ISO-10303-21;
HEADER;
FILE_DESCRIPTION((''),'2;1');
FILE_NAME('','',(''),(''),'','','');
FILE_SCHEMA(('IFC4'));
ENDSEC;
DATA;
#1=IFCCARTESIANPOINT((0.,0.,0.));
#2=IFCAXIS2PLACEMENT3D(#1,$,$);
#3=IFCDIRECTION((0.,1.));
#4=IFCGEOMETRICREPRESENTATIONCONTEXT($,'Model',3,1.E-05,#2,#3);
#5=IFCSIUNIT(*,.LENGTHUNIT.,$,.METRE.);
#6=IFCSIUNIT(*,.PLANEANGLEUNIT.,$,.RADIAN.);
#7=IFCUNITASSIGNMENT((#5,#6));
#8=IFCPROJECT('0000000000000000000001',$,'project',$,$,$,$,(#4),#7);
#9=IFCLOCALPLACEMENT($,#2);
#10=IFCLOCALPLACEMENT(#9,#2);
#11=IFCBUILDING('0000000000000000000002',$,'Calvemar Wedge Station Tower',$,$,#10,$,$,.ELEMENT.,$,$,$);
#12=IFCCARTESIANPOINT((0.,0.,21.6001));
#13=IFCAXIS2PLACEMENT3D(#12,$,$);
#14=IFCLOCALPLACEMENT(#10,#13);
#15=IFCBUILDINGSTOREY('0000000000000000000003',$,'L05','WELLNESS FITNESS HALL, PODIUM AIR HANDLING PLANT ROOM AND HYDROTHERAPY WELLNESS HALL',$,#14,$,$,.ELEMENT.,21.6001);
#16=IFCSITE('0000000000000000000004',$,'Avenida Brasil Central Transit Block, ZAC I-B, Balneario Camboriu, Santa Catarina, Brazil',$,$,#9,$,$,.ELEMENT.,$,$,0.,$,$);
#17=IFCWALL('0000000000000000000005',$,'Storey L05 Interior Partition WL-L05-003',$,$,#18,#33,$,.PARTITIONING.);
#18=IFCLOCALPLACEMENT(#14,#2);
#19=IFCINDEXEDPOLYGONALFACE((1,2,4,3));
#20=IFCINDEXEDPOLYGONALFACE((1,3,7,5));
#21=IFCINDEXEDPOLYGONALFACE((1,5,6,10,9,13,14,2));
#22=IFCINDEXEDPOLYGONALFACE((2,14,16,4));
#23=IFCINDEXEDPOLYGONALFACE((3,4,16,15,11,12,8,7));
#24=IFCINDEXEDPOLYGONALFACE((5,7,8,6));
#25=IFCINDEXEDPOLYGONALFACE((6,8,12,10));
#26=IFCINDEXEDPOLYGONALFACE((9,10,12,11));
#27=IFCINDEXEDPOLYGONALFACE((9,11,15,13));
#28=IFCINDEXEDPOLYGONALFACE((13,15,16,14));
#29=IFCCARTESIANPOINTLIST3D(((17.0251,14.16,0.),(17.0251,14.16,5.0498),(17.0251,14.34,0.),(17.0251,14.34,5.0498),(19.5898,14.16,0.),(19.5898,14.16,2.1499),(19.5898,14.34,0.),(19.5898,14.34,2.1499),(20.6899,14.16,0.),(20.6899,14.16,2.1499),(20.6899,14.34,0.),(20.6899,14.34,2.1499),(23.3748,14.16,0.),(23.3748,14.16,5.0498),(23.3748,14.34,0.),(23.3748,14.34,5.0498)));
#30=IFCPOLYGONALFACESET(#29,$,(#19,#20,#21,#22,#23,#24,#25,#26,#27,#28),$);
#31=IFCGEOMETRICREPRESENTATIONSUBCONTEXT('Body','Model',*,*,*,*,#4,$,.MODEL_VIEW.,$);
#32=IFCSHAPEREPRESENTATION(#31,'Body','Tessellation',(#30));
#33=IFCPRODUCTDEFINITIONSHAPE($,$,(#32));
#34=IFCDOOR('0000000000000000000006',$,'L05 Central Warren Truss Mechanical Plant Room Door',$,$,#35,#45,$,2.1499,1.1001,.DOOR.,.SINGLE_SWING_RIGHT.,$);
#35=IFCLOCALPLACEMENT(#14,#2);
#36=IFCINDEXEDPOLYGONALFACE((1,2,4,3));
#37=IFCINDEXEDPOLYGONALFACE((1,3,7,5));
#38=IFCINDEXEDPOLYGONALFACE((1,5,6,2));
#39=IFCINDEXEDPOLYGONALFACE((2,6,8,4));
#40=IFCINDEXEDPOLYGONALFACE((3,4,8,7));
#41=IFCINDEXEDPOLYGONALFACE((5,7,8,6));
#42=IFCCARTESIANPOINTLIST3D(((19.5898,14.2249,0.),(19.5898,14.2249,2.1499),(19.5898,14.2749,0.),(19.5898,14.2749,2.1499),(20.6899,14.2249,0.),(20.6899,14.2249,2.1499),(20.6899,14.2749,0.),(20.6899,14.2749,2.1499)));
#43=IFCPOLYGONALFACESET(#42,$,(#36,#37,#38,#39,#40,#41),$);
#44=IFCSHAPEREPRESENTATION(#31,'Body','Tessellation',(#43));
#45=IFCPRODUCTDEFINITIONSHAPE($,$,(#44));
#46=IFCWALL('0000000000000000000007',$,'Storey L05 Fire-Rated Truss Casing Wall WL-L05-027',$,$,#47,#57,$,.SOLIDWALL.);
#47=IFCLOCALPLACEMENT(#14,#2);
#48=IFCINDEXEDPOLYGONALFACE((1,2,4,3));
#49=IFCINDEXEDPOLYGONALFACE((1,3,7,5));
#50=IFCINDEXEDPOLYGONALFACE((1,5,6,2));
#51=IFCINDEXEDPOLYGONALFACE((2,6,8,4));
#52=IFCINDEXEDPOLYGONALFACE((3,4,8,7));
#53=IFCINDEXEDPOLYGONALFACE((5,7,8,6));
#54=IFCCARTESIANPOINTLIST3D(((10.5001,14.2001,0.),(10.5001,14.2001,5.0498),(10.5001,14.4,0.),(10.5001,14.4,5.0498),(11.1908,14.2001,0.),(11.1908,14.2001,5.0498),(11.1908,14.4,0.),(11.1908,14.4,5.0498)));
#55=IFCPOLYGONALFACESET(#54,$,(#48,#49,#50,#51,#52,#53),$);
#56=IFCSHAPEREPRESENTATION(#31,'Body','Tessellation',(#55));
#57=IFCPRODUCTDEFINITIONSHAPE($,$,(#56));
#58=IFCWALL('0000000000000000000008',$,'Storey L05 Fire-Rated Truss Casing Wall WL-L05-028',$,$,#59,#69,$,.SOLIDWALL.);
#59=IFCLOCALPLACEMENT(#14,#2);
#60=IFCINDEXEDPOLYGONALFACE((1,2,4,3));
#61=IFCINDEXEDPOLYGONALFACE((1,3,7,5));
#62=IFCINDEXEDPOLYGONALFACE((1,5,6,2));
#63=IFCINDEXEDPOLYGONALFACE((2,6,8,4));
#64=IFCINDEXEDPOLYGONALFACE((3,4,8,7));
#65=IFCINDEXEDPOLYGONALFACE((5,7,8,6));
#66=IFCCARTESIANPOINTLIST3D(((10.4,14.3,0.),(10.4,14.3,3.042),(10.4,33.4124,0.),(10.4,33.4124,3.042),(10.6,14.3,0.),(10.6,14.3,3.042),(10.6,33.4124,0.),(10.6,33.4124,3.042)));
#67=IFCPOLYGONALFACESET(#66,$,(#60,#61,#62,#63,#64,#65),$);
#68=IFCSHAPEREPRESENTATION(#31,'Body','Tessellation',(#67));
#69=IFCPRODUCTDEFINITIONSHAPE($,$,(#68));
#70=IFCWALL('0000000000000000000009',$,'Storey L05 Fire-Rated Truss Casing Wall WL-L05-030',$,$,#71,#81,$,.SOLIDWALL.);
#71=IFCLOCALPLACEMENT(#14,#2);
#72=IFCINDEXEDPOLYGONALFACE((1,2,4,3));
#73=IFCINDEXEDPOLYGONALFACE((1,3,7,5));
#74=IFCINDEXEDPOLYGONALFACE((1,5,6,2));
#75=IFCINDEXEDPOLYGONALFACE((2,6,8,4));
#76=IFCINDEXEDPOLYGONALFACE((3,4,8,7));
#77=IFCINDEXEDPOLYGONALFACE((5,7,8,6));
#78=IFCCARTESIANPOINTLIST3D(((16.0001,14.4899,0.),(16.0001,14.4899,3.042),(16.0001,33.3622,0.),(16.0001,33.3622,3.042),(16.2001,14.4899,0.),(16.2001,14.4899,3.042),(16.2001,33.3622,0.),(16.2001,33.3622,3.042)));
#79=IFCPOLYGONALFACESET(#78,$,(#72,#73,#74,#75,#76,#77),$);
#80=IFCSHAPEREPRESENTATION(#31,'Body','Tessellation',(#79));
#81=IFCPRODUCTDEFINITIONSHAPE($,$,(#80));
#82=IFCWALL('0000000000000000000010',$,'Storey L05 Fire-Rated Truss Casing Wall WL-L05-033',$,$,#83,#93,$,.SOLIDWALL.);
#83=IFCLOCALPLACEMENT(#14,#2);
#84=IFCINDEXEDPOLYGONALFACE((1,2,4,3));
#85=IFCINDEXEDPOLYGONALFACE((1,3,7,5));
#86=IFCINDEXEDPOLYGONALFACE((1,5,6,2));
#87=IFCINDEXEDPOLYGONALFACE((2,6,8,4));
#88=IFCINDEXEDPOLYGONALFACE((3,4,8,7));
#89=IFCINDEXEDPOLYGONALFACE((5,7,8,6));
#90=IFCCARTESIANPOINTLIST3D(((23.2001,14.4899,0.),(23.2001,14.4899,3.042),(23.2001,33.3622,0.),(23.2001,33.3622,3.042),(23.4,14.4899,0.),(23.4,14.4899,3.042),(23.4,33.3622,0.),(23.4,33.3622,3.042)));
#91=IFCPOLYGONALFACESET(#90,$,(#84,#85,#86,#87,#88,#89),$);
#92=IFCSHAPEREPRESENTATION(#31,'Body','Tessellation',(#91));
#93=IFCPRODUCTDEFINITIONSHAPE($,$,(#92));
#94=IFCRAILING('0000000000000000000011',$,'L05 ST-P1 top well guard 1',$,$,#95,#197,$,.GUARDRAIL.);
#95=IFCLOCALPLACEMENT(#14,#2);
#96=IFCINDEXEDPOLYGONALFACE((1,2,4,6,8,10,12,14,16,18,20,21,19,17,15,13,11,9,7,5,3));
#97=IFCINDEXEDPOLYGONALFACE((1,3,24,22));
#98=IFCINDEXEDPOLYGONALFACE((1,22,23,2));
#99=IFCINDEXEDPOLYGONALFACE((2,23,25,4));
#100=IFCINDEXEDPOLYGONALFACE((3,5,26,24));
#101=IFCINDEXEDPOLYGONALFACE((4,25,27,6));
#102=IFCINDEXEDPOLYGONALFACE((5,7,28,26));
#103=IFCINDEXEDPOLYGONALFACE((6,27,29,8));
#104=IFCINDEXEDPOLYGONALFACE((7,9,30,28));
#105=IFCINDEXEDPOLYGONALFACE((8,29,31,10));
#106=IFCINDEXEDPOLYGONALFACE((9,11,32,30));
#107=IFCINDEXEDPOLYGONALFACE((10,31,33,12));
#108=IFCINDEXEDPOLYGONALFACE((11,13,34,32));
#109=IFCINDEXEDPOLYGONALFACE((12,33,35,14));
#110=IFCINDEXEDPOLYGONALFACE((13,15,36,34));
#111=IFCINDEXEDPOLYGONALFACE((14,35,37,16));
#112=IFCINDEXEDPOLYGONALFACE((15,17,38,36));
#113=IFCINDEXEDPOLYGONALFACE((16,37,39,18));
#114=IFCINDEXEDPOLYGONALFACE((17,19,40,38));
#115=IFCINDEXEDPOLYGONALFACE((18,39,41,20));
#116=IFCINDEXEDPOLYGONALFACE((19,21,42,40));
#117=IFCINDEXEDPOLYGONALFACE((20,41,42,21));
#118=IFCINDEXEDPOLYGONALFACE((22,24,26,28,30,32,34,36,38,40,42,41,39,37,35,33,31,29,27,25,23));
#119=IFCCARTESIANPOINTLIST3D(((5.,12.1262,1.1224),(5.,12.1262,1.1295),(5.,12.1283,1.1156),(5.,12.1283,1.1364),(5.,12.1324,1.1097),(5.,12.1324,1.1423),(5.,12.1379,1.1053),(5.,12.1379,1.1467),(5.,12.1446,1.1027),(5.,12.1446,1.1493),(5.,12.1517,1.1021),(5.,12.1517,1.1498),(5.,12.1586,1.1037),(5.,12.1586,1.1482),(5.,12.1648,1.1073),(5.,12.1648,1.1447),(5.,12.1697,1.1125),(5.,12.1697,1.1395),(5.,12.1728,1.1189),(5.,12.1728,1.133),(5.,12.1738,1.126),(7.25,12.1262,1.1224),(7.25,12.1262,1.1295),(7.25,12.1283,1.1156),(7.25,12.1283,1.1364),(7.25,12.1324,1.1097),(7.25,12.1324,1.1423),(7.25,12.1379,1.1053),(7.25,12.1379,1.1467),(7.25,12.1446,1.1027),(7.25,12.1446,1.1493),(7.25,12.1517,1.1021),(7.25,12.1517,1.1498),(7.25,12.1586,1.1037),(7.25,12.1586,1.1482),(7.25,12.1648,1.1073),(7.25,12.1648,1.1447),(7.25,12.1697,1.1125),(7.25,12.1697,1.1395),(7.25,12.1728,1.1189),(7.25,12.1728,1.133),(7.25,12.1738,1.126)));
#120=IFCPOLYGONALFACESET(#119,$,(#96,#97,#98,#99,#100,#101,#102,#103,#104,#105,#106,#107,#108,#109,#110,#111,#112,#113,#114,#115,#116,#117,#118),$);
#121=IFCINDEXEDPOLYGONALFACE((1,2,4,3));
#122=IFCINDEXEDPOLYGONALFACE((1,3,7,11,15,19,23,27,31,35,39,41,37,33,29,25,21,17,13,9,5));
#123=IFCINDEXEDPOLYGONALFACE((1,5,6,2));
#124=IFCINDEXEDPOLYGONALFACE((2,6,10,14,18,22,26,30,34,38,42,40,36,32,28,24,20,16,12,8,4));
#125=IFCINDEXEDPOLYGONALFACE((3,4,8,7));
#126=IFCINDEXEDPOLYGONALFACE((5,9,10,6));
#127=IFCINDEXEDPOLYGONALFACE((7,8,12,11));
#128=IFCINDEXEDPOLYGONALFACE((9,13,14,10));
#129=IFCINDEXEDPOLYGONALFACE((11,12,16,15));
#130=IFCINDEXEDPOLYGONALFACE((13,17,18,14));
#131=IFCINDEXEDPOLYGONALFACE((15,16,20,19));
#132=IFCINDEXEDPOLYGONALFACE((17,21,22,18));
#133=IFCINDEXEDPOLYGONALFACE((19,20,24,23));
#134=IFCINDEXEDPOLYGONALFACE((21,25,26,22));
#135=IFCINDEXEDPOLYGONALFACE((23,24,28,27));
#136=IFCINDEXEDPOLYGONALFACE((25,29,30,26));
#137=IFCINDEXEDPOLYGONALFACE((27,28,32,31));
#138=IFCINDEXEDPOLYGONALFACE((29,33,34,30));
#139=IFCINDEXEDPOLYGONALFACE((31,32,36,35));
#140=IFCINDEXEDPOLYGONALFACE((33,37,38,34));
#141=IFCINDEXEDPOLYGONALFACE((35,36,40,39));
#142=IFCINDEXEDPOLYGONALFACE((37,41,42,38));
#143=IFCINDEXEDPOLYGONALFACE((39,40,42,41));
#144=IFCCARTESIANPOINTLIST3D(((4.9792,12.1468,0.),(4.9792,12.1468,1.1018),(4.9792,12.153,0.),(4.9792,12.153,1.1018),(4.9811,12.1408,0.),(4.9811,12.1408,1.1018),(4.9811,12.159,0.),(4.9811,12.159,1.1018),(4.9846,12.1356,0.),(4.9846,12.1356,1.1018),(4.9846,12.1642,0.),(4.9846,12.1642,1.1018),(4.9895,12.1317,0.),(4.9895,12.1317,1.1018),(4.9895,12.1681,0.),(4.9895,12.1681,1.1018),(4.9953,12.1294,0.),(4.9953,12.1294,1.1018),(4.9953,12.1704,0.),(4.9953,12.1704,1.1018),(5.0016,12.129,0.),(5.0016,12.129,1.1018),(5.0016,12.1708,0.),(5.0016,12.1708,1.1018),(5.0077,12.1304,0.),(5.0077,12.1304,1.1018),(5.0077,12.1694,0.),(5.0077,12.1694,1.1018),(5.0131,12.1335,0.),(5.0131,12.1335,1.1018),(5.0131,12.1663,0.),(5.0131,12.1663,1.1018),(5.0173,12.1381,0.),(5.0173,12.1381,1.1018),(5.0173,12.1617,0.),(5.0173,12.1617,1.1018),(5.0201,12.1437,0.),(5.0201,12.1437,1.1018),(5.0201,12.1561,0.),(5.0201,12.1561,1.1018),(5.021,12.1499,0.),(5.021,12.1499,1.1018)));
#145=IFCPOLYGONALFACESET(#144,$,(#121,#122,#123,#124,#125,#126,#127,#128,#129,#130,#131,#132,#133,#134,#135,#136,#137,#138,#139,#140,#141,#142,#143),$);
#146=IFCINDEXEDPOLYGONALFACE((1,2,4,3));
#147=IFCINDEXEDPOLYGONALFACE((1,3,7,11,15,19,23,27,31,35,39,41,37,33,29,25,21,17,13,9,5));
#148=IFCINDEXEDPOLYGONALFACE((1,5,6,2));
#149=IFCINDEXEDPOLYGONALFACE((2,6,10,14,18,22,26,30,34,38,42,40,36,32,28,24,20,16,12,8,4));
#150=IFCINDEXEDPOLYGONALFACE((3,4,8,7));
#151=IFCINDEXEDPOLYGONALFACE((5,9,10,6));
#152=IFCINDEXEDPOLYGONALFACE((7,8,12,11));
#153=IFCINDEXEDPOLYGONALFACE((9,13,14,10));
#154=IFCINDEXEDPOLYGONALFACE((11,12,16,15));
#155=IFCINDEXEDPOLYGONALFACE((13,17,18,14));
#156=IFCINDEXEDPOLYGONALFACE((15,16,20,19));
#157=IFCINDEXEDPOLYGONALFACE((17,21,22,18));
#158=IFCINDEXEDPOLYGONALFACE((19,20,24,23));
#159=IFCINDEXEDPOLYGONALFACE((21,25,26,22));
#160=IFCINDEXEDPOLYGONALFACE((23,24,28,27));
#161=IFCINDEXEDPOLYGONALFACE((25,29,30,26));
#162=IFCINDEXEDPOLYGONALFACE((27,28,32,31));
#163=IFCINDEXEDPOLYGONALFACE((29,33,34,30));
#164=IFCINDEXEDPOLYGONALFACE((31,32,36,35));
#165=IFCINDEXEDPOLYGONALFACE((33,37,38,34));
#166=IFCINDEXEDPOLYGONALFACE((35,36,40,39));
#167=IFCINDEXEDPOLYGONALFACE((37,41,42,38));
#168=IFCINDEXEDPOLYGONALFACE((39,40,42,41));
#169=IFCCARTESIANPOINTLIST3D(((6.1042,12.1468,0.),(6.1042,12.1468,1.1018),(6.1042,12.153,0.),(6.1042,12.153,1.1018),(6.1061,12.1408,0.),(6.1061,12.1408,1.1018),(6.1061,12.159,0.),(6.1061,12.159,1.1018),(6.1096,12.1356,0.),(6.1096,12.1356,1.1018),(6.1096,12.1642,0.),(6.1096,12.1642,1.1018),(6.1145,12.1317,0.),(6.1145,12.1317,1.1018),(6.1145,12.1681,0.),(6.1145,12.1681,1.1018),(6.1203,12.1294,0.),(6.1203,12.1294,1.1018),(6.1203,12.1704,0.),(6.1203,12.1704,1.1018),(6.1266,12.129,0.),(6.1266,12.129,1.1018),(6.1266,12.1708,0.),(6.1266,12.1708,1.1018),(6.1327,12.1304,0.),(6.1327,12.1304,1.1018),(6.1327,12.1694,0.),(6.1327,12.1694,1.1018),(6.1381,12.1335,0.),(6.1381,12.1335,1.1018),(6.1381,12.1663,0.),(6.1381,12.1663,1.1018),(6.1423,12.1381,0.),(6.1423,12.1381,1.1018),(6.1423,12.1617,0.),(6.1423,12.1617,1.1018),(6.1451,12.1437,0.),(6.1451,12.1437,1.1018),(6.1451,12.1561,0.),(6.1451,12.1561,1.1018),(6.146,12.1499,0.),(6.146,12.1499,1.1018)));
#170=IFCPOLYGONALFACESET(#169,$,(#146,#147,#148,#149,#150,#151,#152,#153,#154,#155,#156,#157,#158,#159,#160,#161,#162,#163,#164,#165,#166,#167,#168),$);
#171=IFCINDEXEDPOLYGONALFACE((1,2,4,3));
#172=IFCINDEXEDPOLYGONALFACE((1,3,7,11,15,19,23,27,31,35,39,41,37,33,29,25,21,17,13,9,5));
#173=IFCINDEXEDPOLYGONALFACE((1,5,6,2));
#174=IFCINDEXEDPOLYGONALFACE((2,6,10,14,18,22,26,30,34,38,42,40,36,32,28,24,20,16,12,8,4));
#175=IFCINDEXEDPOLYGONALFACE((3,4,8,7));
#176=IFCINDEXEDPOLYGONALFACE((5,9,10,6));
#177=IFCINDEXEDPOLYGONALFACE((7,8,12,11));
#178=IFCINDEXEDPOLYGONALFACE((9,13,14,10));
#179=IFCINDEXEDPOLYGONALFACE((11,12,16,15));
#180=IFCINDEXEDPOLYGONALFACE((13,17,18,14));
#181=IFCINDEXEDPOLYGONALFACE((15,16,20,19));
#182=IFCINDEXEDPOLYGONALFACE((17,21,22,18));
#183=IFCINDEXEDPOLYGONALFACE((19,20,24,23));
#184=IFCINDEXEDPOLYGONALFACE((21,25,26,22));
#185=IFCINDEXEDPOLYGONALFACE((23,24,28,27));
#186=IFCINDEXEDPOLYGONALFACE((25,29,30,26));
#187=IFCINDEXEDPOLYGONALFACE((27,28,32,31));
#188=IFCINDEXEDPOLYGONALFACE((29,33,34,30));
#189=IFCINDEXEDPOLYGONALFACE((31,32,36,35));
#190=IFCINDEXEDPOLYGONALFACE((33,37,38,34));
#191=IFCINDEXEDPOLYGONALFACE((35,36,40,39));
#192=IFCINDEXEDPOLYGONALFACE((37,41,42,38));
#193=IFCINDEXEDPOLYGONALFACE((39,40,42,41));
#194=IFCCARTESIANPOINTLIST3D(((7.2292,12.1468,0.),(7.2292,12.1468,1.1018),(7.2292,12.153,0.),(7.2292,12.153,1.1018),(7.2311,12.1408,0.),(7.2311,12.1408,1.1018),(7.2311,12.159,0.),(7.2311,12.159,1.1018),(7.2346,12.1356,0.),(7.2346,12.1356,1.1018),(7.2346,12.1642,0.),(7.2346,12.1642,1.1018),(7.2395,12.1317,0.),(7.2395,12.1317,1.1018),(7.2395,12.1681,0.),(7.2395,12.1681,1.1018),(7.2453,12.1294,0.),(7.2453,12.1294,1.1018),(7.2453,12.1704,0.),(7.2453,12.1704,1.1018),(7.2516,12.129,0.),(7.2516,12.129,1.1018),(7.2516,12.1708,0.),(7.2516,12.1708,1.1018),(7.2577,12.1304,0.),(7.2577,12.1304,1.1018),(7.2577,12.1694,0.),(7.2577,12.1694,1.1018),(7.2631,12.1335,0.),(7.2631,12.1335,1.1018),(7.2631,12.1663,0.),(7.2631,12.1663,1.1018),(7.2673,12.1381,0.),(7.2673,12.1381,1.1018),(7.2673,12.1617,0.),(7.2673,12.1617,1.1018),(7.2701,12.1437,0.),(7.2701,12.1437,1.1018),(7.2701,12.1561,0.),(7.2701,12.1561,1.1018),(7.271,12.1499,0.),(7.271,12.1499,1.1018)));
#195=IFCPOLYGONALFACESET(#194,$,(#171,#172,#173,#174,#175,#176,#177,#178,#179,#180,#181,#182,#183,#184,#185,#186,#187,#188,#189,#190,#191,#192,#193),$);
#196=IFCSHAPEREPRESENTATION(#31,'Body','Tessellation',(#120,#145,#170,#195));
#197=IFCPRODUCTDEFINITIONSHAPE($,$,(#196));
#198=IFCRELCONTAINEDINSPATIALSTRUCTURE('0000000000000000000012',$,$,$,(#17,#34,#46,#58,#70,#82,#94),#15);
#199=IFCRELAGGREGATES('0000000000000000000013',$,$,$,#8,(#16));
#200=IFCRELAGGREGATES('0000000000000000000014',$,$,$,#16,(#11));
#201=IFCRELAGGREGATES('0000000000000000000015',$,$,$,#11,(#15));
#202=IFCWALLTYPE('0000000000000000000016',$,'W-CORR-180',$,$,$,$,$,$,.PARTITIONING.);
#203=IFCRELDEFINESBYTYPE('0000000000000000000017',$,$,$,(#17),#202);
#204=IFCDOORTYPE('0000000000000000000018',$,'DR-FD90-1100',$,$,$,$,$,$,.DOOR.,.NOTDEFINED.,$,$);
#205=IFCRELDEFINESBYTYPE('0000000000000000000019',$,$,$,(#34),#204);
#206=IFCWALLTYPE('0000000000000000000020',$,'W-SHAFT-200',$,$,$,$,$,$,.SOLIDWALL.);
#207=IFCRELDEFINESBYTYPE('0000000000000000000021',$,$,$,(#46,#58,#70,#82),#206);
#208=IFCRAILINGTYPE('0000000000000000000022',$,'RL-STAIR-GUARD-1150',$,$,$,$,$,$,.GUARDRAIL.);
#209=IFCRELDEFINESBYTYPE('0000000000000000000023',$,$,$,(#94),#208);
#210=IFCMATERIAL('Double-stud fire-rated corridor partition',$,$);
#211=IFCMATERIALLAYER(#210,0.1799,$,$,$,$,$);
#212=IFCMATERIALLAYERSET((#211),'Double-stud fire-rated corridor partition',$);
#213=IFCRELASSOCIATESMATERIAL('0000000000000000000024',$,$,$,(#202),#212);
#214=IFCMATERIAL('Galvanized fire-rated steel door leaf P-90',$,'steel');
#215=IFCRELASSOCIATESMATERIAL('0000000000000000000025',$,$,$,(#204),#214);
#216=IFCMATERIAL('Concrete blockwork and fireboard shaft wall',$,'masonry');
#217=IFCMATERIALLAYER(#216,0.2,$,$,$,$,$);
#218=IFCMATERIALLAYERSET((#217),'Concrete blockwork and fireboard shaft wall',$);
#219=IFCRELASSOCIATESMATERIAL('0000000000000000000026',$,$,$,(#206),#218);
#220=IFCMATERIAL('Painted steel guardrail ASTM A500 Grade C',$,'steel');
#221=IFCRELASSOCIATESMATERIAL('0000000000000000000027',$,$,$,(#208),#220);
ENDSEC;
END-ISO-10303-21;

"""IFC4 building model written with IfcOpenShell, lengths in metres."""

from ifc_helpers import new_model, si_unit, direction, frame, frame_2d, origin, origin_2d, place, context, subcontext, project, spatial, rectangle, circle, extrude, source, transform, mapped, material, layer, layer_set, type_object, element, fill, save


model = new_model("IFC4")

# Units and contexts
model_context = context("Model", 3, precision=1e-05, world=origin(), true_north=direction((0.0, 1.0)))
body_context = subcontext(model_context, "Body", "Model", "MODEL_VIEW")
ifc_project = project(units=[si_unit("LENGTHUNIT", "METRE"), si_unit("PLANEANGLEUNIT", "RADIAN")], contexts=[model_context])

# Site, building, storey
site_placement = place(None, origin())
site = spatial("IfcSite", under=ifc_project, at=site_placement, Name="Avenida Brasil Central Transit Block, ZAC I-B, Balneario Camboriu, Santa Catarina, Brazil", CompositionType="ELEMENT", RefElevation=0.0)
building_placement = place(site_placement, origin())
building = spatial("IfcBuilding", under=site, at=building_placement, Name="Calvemar Wedge Station Tower", CompositionType="ELEMENT")
storey_placement = place(building_placement, frame((0.0, 0.0, 21.6001)))
storey = spatial("IfcBuildingStorey", under=building, at=storey_placement, Name="L05", Description="WELLNESS FITNESS HALL, PODIUM AIR HANDLING PLANT ROOM AND HYDROTHERAPY WELLNESS HALL", CompositionType="ELEMENT", Elevation=21.6001)

# Wall, opening, door
ifc_material_1 = material(Name="Double-stud fire-rated corridor partition")
ifc_layer_1 = layer(ifc_material_1, 0.1799)
ifc_layer_set_1 = layer_set([ifc_layer_1], Name="Double-stud fire-rated corridor partition")
wall_type_1 = type_object("IfcWallType", Name="W-CORR-180", PredefinedType="PARTITIONING", material=ifc_layer_set_1)
shared_shape_1 = source(origin(), body_context, "Body", "SweptSolid", [
    extrude(rectangle(XDim=1.1001, YDim=2.1499, at=frame_2d((0.55, 1.075))), frame((0.0, 0.1001, 0.0), z_axis=(0.0, -1.0, 0.0), x_axis=(1.0, 0.0, 0.0)), (0.0, 0.0, 1.0), 0.2),
])
ifc_material_2 = material(Name="Galvanized fire-rated steel door leaf P-90", Category="steel")
door_type = type_object("IfcDoorType", Name="DR-FD90-1100", OperationType="NOTDEFINED", PredefinedType="DOOR", material=ifc_material_2)
shared_shape_2 = source(origin(), body_context, "Body", "SweptSolid", [
    extrude(rectangle(XDim=1.1001, YDim=2.1499, at=frame_2d((0.55, 1.075))), frame((0.0, 0.0249, 0.0), z_axis=(0.0, -1.0, 0.0), x_axis=(1.0, 0.0, 0.0)), (0.0, 0.0, 1.0), 0.05),
])
wall_1_placement = place(storey_placement, frame((17.0251, 14.25, 0.0), z_axis=(0.0, 0.0, 1.0), x_axis=(1.0, 0.0, 0.0)))
wall_1 = element("IfcWall", 1, at=wall_1_placement, inside=storey, type_object=wall_type_1, Name="Storey L05 Interior Partition WL-L05-003", PredefinedType="PARTITIONING", context=body_context, shape_type="SweptSolid", body=[
    extrude(rectangle(XDim=6.3496, YDim=0.1799, at=frame_2d((3.1748, 0.0))), origin(), (0.0, 0.0, 1.0), 5.0498),
])
opening_1_placement = place(wall_1_placement, frame((2.5647, 0.0, 0.0)))
opening_1 = element("IfcOpeningElement", 2, at=opening_1_placement, cuts=wall_1, PredefinedType="OPENING", context=body_context, shape_type="MappedRepresentation", body=[
    mapped(shared_shape_1, transform((0.0, 0.0, 0.0), scale=1.0)),
])
door_1_placement = place(opening_1_placement, origin())
door_1 = element("IfcDoor", 3, at=door_1_placement, inside=storey, type_object=door_type, Name="L05 Central Warren Truss Mechanical Plant Room Door", OperationType="SINGLE_SWING_RIGHT", OverallHeight=2.1499, OverallWidth=1.1001, PredefinedType="DOOR", context=body_context, shape_type="MappedRepresentation", body=[
    mapped(shared_shape_2, transform((0.0, 0.0, 0.0), scale=1.0)),
])
fill(opening_1, door_1)

# Walls
ifc_material_3 = material(Name="Concrete blockwork and fireboard shaft wall", Category="masonry")
ifc_layer_2 = layer(ifc_material_3, 0.2)
ifc_layer_set_2 = layer_set([ifc_layer_2], Name="Concrete blockwork and fireboard shaft wall")
wall_type_2 = type_object("IfcWallType", Name="W-SHAFT-200", PredefinedType="SOLIDWALL", material=ifc_layer_set_2)
wall_2_placement = place(storey_placement, frame((11.1907, 14.3, 0.0), z_axis=(0.0, 0.0, 1.0), x_axis=(-1.0, 0.0, 0.0)))
element("IfcWall", 4, at=wall_2_placement, inside=storey, type_object=wall_type_2, Name="Storey L05 Fire-Rated Truss Casing Wall WL-L05-027", PredefinedType="SOLIDWALL", context=body_context, shape_type="SweptSolid", body=[
    extrude(rectangle(XDim=0.6907, YDim=0.2, at=frame_2d((0.3452, 0.0))), origin(), (0.0, 0.0, 1.0), 5.0498),
])
wall_3_placement = place(storey_placement, frame((10.5, 14.3, 0.0), z_axis=(0.0, 0.0, 1.0), x_axis=(0.0, 1.0, 0.0)))
element("IfcWall", 5, at=wall_3_placement, inside=storey, type_object=wall_type_2, Name="Storey L05 Fire-Rated Truss Casing Wall WL-L05-028", PredefinedType="SOLIDWALL", context=body_context, shape_type="SweptSolid", body=[
    extrude(rectangle(XDim=19.1123, YDim=0.2, at=frame_2d((9.5562, 0.0))), origin(), (0.0, 0.0, 1.0), 3.042),
])
for number, where, z_axis, x_axis, name in (
    (6, (16.1001, 14.49, 0.0), (0.0, 0.0, 1.0), (0.0, 1.0, 0.0), "Storey L05 Fire-Rated Truss Casing Wall WL-L05-030"),
    (7, (23.3, 14.49, 0.0), (0.0, 0.0, 1.0), (0.0, 1.0, 0.0), "Storey L05 Fire-Rated Truss Casing Wall WL-L05-033"),
):
    element("IfcWall", number, at=place(storey_placement, frame(where, z_axis=z_axis, x_axis=x_axis)), inside=storey, type_object=wall_type_2, Name=name, PredefinedType="SOLIDWALL", context=body_context, shape_type="SweptSolid", body=[
        extrude(rectangle(XDim=18.8723, YDim=0.2, at=frame_2d((9.436, 0.0))), origin(), (0.0, 0.0, 1.0), 3.042),
    ])

# Railing
ifc_material_4 = material(Name="Painted steel guardrail ASTM A500 Grade C", Category="steel")
railing_type = type_object("IfcRailingType", Name="RL-STAIR-GUARD-1150", PredefinedType="GUARDRAIL", material=ifc_material_4)
railing_placement = place(storey_placement, frame((5.0, 12.1499, 0.0)))
element("IfcRailing", 8, at=railing_placement, inside=storey, type_object=railing_type, Name="L05 ST-P1 top well guard 1", PredefinedType="GUARDRAIL", context=body_context, shape_type="SweptSolid", body=[
    extrude(circle(Radius=0.0239, at=origin_2d()), frame((0.0, 0.0, 1.126), z_axis=(1.0, 0.0, 0.0), x_axis=(0.0, 1.0, 0.0)), (0.0, 0.0, 1.0), 2.25),
    extrude(circle(Radius=0.021, at=origin_2d()), origin(), (0.0, 0.0, 1.0), 1.1018),
    extrude(circle(Radius=0.021, at=origin_2d()), frame((1.125, 0.0, 0.0)), (0.0, 0.0, 1.0), 1.1018),
    extrude(circle(Radius=0.021, at=origin_2d()), frame((2.25, 0.0, 0.0)), (0.0, 0.0, 1.0), 1.1018),
])

save(model, "model.ifc")
